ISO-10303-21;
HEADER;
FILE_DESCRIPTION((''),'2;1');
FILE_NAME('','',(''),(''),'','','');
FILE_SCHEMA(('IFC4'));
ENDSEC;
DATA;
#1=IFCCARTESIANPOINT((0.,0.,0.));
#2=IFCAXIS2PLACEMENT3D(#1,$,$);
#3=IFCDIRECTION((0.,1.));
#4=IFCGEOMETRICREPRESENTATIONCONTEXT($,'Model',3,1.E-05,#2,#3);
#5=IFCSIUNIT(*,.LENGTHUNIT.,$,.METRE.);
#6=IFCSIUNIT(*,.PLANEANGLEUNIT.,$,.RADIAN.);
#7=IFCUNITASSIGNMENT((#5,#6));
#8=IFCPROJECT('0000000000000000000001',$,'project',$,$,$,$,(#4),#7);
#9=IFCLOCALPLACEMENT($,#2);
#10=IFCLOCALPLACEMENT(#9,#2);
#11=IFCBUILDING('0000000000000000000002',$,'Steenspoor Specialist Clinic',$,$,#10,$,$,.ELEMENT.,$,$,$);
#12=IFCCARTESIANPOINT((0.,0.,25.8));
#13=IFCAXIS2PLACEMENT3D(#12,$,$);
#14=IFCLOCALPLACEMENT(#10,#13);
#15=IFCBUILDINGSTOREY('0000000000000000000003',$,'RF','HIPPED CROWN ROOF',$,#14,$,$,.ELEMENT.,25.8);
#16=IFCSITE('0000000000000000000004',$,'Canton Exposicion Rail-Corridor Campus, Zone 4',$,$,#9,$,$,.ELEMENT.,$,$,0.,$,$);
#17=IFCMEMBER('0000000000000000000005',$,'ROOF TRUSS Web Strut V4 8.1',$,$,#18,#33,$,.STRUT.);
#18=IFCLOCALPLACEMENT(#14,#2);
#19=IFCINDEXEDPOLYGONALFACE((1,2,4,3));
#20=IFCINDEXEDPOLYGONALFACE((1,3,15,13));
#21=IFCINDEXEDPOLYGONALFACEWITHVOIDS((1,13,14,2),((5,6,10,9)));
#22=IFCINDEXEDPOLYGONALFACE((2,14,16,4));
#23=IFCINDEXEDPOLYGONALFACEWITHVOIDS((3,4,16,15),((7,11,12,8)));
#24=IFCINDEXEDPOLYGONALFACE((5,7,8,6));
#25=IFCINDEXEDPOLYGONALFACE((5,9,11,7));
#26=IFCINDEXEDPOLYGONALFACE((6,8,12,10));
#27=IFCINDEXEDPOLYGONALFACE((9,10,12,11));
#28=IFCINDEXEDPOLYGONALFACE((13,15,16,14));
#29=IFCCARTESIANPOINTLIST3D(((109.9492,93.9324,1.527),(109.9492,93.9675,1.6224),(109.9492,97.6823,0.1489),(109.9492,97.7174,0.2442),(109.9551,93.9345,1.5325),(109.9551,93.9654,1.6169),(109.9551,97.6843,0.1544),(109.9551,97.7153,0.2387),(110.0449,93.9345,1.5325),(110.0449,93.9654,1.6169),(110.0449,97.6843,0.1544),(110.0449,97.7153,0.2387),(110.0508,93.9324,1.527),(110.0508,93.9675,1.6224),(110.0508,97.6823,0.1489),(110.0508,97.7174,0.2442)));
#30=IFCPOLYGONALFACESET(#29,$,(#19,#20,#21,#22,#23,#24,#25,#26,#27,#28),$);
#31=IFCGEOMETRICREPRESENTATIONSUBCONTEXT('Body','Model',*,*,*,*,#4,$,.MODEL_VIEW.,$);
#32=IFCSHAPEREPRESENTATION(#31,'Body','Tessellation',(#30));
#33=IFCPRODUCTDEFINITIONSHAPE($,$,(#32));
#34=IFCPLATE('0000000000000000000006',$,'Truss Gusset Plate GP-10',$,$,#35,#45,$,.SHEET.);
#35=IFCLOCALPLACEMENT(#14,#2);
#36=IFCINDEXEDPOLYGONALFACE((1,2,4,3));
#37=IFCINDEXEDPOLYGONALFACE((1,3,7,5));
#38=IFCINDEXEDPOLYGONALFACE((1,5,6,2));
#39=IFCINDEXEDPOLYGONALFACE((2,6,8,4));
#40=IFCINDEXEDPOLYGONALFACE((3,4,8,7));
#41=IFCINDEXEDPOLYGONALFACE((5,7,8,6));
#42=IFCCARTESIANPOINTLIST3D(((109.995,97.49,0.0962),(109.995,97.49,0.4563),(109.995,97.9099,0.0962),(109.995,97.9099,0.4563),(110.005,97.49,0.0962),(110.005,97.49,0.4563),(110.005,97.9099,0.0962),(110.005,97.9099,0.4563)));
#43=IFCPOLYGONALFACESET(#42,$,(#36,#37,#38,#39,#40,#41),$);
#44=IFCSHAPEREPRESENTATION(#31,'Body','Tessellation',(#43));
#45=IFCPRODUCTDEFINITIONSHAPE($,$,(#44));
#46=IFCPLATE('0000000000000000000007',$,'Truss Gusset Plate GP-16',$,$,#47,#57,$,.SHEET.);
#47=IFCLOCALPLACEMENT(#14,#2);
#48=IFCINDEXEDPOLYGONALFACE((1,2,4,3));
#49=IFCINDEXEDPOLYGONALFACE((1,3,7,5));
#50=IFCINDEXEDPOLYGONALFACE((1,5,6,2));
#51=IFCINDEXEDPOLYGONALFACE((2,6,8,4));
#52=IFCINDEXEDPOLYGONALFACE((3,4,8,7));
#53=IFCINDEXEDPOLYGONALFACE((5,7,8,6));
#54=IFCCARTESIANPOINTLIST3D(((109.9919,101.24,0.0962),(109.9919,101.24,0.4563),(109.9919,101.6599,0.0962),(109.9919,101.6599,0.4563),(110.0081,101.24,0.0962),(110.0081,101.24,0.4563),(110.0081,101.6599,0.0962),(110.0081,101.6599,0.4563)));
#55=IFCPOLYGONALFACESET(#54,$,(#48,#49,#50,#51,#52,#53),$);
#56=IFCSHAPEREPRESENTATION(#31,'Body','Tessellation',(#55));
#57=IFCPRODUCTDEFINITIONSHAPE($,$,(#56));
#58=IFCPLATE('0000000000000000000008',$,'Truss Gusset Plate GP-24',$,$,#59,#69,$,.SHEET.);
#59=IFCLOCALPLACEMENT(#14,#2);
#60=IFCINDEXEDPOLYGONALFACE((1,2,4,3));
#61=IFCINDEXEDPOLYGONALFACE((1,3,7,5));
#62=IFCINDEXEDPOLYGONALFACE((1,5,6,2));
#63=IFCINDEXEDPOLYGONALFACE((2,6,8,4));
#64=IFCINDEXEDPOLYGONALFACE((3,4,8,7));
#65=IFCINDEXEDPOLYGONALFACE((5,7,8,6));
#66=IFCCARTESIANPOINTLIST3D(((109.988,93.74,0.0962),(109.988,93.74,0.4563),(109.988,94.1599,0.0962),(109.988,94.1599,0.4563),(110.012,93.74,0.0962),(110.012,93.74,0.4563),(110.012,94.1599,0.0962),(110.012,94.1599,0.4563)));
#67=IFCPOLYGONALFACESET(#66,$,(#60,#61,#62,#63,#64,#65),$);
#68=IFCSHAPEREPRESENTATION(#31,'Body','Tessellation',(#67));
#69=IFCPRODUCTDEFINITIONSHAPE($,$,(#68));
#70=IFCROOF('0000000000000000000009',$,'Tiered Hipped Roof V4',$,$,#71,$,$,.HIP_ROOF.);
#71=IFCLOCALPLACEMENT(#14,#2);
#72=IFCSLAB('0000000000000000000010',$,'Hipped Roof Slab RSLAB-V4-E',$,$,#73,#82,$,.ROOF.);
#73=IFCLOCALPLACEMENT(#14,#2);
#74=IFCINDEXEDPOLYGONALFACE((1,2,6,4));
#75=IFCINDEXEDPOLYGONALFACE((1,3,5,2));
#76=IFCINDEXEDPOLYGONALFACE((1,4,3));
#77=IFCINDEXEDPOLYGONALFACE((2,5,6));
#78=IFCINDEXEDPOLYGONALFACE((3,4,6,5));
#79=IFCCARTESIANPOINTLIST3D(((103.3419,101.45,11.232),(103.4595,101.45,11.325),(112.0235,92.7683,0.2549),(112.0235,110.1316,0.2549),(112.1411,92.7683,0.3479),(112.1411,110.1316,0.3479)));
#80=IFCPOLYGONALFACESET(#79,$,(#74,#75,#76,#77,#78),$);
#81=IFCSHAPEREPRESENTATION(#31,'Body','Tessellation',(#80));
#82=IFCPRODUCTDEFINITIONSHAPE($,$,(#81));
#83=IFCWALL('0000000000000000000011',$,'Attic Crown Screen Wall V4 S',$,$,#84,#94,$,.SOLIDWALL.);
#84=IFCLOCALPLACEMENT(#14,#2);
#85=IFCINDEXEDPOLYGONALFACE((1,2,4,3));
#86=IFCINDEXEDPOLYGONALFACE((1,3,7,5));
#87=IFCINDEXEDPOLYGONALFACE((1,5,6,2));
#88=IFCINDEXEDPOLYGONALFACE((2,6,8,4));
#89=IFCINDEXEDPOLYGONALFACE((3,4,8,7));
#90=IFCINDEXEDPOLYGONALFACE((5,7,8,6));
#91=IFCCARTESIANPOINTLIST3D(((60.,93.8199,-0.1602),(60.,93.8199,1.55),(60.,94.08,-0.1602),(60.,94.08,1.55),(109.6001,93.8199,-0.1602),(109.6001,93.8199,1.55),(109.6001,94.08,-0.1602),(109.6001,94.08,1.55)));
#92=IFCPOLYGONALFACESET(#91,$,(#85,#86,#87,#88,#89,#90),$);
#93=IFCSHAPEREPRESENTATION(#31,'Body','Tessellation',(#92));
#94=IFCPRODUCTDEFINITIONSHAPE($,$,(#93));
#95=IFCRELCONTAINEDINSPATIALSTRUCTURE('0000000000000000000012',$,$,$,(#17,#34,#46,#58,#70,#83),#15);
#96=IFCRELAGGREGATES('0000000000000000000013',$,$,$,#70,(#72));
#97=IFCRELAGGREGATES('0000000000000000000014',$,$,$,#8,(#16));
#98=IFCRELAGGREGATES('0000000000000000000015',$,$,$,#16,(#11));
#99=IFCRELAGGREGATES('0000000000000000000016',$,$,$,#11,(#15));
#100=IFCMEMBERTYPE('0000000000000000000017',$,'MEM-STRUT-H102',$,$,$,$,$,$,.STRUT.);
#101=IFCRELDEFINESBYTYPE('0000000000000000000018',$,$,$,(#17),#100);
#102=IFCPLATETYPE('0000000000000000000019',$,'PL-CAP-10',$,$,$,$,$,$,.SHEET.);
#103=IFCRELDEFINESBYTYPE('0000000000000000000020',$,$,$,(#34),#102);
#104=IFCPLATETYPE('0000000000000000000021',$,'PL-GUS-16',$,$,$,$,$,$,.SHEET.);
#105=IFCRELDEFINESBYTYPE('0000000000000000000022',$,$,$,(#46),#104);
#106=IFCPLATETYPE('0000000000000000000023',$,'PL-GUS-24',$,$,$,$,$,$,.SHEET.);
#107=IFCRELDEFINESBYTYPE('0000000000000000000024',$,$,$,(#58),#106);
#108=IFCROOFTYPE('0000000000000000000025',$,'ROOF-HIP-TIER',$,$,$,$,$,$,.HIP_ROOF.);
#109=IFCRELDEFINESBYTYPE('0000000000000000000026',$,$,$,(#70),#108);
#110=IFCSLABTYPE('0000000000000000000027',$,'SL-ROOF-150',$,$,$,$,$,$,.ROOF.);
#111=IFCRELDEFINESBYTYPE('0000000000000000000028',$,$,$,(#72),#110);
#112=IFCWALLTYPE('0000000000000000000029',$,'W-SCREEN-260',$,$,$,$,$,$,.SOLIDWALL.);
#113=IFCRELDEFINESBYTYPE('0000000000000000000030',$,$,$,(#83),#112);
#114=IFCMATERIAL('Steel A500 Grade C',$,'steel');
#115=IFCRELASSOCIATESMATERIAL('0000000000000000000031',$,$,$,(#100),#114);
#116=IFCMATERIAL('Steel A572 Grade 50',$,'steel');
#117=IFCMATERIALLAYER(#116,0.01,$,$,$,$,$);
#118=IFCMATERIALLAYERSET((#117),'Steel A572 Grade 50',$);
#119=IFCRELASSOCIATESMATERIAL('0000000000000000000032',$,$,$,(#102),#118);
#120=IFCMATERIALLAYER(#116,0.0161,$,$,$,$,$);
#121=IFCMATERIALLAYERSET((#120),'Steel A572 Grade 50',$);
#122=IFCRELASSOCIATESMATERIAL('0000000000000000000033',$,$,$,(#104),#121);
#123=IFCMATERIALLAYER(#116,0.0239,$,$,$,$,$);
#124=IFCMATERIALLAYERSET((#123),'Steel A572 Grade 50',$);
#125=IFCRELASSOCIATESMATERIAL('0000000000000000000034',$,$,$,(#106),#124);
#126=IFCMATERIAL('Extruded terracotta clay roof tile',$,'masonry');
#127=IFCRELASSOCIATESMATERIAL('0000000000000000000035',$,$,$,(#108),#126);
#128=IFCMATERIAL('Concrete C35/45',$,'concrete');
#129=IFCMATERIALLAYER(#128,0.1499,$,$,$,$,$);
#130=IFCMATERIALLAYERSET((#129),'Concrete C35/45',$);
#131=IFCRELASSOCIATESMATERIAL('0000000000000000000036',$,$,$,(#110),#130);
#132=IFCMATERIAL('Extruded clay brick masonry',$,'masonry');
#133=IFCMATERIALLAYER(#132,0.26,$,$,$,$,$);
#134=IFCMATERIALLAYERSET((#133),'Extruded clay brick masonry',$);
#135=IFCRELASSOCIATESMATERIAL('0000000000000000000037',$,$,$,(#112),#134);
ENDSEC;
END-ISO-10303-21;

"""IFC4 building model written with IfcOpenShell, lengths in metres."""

from ifc_helpers import new_model, si_unit, direction, frame, frame_2d, origin, origin_2d, place, context, subcontext, project, spatial, polyline, rectangle, hollow_rectangle, outline, extrude, material, layer, layer_set, material_profile, profile_set, type_object, element, aggregate, save


model = new_model("IFC4")

# Units and contexts
model_context = context("Model", 3, precision=1e-05, world=origin(), true_north=direction((0.0, 1.0)))
body_context = subcontext(model_context, "Body", "Model", "MODEL_VIEW")
ifc_project = project(units=[si_unit("LENGTHUNIT", "METRE"), si_unit("PLANEANGLEUNIT", "RADIAN")], contexts=[model_context])

# Site, building, storey
site_placement = place(None, origin())
site = spatial("IfcSite", under=ifc_project, at=site_placement, Name="Canton Exposicion Rail-Corridor Campus, Zone 4", CompositionType="ELEMENT", RefElevation=0.0)
building_placement = place(site_placement, origin())
building = spatial("IfcBuilding", under=site, at=building_placement, Name="Steenspoor Specialist Clinic", CompositionType="ELEMENT")
storey_placement = place(building_placement, frame((0.0, 0.0, 25.8)))
storey = spatial("IfcBuildingStorey", under=building, at=storey_placement, Name="RF", Description="HIPPED CROWN ROOF", CompositionType="ELEMENT", Elevation=25.8)

# Member
ifc_material_1 = material(Name="Steel A500 Grade C", Category="steel")
ifc_material_profile_1 = material_profile(ifc_material_1, hollow_rectangle(XDim=0.1016, YDim=0.1016, WallThickness=0.0059, at=origin_2d()), Name="HSS102X102X6.4")
ifc_profile_set_1 = profile_set([ifc_material_profile_1], Name="Steel A500 Grade C")
member_type_1 = type_object("IfcMemberType", Name="MEM-STRUT-H102", PredefinedType="STRUT", material=ifc_profile_set_1)
member_1_placement = place(storey_placement, frame((110.0, 93.95, 1.5747), z_axis=(0.0, 0.938619, -0.344955), x_axis=(-1.0, 0.0, 0.0)))
element("IfcMember", 1, at=member_1_placement, inside=storey, type_object=member_type_1, Name="ROOF TRUSS Web Strut V4 8.1", PredefinedType="STRUT", context=body_context, shape_type="SweptSolid", body=[
    extrude(hollow_rectangle(XDim=0.1016, YDim=0.1016, WallThickness=0.0059, at=origin_2d()), origin(), (0.0, 0.0, 1.0), 3.9951),
])

# Plates
ifc_material_2 = material(Name="Steel A572 Grade 50", Category="steel")
ifc_layer_1 = layer(ifc_material_2, 0.01)
ifc_layer_set_1 = layer_set([ifc_layer_1], Name="Steel A572 Grade 50")
plate_type_1 = type_object("IfcPlateType", Name="PL-CAP-10", PredefinedType="SHEET", material=ifc_layer_set_1)
plate_1_placement = place(storey_placement, frame((110.0, 97.7, 0.0962), z_axis=(0.0, 0.0, 1.0), x_axis=(1.0, 0.0, 0.0)))
element("IfcPlate", 2, at=plate_1_placement, inside=storey, type_object=plate_type_1, Name="Truss Gusset Plate GP-10", PredefinedType="SHEET", context=body_context, shape_type="SweptSolid", body=[
    extrude(rectangle(XDim=0.01, YDim=0.4199, at=origin_2d()), origin(), (0.0, 0.0, 1.0), 0.3601),
])
ifc_layer_2 = layer(ifc_material_2, 0.0161)
ifc_layer_set_2 = layer_set([ifc_layer_2], Name="Steel A572 Grade 50")
plate_type_2 = type_object("IfcPlateType", Name="PL-GUS-16", PredefinedType="SHEET", material=ifc_layer_set_2)
plate_2_placement = place(storey_placement, frame((110.0, 101.45, 0.0962), z_axis=(0.0, 0.0, 1.0), x_axis=(1.0, 0.0, 0.0)))
element("IfcPlate", 3, at=plate_2_placement, inside=storey, type_object=plate_type_2, Name="Truss Gusset Plate GP-16", PredefinedType="SHEET", context=body_context, shape_type="SweptSolid", body=[
    extrude(rectangle(XDim=0.0161, YDim=0.4199, at=origin_2d()), origin(), (0.0, 0.0, 1.0), 0.3601),
])
ifc_layer_3 = layer(ifc_material_2, 0.0239)
ifc_layer_set_3 = layer_set([ifc_layer_3], Name="Steel A572 Grade 50")
plate_type_3 = type_object("IfcPlateType", Name="PL-GUS-24", PredefinedType="SHEET", material=ifc_layer_set_3)
plate_3_placement = place(storey_placement, frame((110.0, 93.95, 0.0962), z_axis=(0.0, 0.0, 1.0), x_axis=(1.0, 0.0, 0.0)))
element("IfcPlate", 4, at=plate_3_placement, inside=storey, type_object=plate_type_3, Name="Truss Gusset Plate GP-24", PredefinedType="SHEET", context=body_context, shape_type="SweptSolid", body=[
    extrude(rectangle(XDim=0.0239, YDim=0.4199, at=origin_2d()), origin(), (0.0, 0.0, 1.0), 0.3601),
])

# Roof, slab
ifc_material_3 = material(Name="Extruded terracotta clay roof tile", Category="masonry")
roof_type = type_object("IfcRoofType", Name="ROOF-HIP-TIER", PredefinedType="HIP_ROOF", material=ifc_material_3)
roof_placement = place(storey_placement, origin())
roof = element("IfcRoof", 5, at=roof_placement, inside=storey, type_object=roof_type, Name="Tiered Hipped Roof V4", PredefinedType="HIP_ROOF")
ifc_material_4 = material(Name="Concrete C35/45", Category="concrete")
ifc_layer_4 = layer(ifc_material_4, 0.1499)
ifc_layer_set_4 = layer_set([ifc_layer_4], Name="Concrete C35/45")
slab_type = type_object("IfcSlabType", Name="SL-ROOF-150", PredefinedType="ROOF", material=ifc_layer_set_4)
slab_placement = place(storey_placement, frame((103.4595, 101.45, 11.325), z_axis=(0.784342, 0.0, 0.620328), x_axis=(0.527141, -0.527141, -0.666516)))
slab = element("IfcSlab", 6, at=slab_placement, type_object=slab_type, Name="Hipped Roof Slab RSLAB-V4-E", PredefinedType="ROOF", context=body_context, shape_type="SweptSolid", body=[
    extrude(outline(polyline([(0.0, 0.0), (16.4693, 0.0), (7.3164, 14.7549), (0.0, 0.0)])), origin(), (0.0, 0.0, -1.0), 0.1499),
])
aggregate(roof, [slab])

# Wall
ifc_material_5 = material(Name="Extruded clay brick masonry", Category="masonry")
ifc_layer_5 = layer(ifc_material_5, 0.26)
ifc_layer_set_5 = layer_set([ifc_layer_5], Name="Extruded clay brick masonry")
wall_type = type_object("IfcWallType", Name="W-SCREEN-260", PredefinedType="SOLIDWALL", material=ifc_layer_set_5)
wall_placement = place(storey_placement, frame((109.6001, 93.95, -0.1602), z_axis=(0.0, 0.0, 1.0), x_axis=(-1.0, 0.0, 0.0)))
element("IfcWall", 7, at=wall_placement, inside=storey, type_object=wall_type, Name="Attic Crown Screen Wall V4 S", PredefinedType="SOLIDWALL", context=body_context, shape_type="SweptSolid", body=[
    extrude(rectangle(XDim=49.6001, YDim=0.26, at=frame_2d((24.8, 0.0))), origin(), (0.0, 0.0, 1.0), 1.7102),
])

save(model, "model.ifc")
